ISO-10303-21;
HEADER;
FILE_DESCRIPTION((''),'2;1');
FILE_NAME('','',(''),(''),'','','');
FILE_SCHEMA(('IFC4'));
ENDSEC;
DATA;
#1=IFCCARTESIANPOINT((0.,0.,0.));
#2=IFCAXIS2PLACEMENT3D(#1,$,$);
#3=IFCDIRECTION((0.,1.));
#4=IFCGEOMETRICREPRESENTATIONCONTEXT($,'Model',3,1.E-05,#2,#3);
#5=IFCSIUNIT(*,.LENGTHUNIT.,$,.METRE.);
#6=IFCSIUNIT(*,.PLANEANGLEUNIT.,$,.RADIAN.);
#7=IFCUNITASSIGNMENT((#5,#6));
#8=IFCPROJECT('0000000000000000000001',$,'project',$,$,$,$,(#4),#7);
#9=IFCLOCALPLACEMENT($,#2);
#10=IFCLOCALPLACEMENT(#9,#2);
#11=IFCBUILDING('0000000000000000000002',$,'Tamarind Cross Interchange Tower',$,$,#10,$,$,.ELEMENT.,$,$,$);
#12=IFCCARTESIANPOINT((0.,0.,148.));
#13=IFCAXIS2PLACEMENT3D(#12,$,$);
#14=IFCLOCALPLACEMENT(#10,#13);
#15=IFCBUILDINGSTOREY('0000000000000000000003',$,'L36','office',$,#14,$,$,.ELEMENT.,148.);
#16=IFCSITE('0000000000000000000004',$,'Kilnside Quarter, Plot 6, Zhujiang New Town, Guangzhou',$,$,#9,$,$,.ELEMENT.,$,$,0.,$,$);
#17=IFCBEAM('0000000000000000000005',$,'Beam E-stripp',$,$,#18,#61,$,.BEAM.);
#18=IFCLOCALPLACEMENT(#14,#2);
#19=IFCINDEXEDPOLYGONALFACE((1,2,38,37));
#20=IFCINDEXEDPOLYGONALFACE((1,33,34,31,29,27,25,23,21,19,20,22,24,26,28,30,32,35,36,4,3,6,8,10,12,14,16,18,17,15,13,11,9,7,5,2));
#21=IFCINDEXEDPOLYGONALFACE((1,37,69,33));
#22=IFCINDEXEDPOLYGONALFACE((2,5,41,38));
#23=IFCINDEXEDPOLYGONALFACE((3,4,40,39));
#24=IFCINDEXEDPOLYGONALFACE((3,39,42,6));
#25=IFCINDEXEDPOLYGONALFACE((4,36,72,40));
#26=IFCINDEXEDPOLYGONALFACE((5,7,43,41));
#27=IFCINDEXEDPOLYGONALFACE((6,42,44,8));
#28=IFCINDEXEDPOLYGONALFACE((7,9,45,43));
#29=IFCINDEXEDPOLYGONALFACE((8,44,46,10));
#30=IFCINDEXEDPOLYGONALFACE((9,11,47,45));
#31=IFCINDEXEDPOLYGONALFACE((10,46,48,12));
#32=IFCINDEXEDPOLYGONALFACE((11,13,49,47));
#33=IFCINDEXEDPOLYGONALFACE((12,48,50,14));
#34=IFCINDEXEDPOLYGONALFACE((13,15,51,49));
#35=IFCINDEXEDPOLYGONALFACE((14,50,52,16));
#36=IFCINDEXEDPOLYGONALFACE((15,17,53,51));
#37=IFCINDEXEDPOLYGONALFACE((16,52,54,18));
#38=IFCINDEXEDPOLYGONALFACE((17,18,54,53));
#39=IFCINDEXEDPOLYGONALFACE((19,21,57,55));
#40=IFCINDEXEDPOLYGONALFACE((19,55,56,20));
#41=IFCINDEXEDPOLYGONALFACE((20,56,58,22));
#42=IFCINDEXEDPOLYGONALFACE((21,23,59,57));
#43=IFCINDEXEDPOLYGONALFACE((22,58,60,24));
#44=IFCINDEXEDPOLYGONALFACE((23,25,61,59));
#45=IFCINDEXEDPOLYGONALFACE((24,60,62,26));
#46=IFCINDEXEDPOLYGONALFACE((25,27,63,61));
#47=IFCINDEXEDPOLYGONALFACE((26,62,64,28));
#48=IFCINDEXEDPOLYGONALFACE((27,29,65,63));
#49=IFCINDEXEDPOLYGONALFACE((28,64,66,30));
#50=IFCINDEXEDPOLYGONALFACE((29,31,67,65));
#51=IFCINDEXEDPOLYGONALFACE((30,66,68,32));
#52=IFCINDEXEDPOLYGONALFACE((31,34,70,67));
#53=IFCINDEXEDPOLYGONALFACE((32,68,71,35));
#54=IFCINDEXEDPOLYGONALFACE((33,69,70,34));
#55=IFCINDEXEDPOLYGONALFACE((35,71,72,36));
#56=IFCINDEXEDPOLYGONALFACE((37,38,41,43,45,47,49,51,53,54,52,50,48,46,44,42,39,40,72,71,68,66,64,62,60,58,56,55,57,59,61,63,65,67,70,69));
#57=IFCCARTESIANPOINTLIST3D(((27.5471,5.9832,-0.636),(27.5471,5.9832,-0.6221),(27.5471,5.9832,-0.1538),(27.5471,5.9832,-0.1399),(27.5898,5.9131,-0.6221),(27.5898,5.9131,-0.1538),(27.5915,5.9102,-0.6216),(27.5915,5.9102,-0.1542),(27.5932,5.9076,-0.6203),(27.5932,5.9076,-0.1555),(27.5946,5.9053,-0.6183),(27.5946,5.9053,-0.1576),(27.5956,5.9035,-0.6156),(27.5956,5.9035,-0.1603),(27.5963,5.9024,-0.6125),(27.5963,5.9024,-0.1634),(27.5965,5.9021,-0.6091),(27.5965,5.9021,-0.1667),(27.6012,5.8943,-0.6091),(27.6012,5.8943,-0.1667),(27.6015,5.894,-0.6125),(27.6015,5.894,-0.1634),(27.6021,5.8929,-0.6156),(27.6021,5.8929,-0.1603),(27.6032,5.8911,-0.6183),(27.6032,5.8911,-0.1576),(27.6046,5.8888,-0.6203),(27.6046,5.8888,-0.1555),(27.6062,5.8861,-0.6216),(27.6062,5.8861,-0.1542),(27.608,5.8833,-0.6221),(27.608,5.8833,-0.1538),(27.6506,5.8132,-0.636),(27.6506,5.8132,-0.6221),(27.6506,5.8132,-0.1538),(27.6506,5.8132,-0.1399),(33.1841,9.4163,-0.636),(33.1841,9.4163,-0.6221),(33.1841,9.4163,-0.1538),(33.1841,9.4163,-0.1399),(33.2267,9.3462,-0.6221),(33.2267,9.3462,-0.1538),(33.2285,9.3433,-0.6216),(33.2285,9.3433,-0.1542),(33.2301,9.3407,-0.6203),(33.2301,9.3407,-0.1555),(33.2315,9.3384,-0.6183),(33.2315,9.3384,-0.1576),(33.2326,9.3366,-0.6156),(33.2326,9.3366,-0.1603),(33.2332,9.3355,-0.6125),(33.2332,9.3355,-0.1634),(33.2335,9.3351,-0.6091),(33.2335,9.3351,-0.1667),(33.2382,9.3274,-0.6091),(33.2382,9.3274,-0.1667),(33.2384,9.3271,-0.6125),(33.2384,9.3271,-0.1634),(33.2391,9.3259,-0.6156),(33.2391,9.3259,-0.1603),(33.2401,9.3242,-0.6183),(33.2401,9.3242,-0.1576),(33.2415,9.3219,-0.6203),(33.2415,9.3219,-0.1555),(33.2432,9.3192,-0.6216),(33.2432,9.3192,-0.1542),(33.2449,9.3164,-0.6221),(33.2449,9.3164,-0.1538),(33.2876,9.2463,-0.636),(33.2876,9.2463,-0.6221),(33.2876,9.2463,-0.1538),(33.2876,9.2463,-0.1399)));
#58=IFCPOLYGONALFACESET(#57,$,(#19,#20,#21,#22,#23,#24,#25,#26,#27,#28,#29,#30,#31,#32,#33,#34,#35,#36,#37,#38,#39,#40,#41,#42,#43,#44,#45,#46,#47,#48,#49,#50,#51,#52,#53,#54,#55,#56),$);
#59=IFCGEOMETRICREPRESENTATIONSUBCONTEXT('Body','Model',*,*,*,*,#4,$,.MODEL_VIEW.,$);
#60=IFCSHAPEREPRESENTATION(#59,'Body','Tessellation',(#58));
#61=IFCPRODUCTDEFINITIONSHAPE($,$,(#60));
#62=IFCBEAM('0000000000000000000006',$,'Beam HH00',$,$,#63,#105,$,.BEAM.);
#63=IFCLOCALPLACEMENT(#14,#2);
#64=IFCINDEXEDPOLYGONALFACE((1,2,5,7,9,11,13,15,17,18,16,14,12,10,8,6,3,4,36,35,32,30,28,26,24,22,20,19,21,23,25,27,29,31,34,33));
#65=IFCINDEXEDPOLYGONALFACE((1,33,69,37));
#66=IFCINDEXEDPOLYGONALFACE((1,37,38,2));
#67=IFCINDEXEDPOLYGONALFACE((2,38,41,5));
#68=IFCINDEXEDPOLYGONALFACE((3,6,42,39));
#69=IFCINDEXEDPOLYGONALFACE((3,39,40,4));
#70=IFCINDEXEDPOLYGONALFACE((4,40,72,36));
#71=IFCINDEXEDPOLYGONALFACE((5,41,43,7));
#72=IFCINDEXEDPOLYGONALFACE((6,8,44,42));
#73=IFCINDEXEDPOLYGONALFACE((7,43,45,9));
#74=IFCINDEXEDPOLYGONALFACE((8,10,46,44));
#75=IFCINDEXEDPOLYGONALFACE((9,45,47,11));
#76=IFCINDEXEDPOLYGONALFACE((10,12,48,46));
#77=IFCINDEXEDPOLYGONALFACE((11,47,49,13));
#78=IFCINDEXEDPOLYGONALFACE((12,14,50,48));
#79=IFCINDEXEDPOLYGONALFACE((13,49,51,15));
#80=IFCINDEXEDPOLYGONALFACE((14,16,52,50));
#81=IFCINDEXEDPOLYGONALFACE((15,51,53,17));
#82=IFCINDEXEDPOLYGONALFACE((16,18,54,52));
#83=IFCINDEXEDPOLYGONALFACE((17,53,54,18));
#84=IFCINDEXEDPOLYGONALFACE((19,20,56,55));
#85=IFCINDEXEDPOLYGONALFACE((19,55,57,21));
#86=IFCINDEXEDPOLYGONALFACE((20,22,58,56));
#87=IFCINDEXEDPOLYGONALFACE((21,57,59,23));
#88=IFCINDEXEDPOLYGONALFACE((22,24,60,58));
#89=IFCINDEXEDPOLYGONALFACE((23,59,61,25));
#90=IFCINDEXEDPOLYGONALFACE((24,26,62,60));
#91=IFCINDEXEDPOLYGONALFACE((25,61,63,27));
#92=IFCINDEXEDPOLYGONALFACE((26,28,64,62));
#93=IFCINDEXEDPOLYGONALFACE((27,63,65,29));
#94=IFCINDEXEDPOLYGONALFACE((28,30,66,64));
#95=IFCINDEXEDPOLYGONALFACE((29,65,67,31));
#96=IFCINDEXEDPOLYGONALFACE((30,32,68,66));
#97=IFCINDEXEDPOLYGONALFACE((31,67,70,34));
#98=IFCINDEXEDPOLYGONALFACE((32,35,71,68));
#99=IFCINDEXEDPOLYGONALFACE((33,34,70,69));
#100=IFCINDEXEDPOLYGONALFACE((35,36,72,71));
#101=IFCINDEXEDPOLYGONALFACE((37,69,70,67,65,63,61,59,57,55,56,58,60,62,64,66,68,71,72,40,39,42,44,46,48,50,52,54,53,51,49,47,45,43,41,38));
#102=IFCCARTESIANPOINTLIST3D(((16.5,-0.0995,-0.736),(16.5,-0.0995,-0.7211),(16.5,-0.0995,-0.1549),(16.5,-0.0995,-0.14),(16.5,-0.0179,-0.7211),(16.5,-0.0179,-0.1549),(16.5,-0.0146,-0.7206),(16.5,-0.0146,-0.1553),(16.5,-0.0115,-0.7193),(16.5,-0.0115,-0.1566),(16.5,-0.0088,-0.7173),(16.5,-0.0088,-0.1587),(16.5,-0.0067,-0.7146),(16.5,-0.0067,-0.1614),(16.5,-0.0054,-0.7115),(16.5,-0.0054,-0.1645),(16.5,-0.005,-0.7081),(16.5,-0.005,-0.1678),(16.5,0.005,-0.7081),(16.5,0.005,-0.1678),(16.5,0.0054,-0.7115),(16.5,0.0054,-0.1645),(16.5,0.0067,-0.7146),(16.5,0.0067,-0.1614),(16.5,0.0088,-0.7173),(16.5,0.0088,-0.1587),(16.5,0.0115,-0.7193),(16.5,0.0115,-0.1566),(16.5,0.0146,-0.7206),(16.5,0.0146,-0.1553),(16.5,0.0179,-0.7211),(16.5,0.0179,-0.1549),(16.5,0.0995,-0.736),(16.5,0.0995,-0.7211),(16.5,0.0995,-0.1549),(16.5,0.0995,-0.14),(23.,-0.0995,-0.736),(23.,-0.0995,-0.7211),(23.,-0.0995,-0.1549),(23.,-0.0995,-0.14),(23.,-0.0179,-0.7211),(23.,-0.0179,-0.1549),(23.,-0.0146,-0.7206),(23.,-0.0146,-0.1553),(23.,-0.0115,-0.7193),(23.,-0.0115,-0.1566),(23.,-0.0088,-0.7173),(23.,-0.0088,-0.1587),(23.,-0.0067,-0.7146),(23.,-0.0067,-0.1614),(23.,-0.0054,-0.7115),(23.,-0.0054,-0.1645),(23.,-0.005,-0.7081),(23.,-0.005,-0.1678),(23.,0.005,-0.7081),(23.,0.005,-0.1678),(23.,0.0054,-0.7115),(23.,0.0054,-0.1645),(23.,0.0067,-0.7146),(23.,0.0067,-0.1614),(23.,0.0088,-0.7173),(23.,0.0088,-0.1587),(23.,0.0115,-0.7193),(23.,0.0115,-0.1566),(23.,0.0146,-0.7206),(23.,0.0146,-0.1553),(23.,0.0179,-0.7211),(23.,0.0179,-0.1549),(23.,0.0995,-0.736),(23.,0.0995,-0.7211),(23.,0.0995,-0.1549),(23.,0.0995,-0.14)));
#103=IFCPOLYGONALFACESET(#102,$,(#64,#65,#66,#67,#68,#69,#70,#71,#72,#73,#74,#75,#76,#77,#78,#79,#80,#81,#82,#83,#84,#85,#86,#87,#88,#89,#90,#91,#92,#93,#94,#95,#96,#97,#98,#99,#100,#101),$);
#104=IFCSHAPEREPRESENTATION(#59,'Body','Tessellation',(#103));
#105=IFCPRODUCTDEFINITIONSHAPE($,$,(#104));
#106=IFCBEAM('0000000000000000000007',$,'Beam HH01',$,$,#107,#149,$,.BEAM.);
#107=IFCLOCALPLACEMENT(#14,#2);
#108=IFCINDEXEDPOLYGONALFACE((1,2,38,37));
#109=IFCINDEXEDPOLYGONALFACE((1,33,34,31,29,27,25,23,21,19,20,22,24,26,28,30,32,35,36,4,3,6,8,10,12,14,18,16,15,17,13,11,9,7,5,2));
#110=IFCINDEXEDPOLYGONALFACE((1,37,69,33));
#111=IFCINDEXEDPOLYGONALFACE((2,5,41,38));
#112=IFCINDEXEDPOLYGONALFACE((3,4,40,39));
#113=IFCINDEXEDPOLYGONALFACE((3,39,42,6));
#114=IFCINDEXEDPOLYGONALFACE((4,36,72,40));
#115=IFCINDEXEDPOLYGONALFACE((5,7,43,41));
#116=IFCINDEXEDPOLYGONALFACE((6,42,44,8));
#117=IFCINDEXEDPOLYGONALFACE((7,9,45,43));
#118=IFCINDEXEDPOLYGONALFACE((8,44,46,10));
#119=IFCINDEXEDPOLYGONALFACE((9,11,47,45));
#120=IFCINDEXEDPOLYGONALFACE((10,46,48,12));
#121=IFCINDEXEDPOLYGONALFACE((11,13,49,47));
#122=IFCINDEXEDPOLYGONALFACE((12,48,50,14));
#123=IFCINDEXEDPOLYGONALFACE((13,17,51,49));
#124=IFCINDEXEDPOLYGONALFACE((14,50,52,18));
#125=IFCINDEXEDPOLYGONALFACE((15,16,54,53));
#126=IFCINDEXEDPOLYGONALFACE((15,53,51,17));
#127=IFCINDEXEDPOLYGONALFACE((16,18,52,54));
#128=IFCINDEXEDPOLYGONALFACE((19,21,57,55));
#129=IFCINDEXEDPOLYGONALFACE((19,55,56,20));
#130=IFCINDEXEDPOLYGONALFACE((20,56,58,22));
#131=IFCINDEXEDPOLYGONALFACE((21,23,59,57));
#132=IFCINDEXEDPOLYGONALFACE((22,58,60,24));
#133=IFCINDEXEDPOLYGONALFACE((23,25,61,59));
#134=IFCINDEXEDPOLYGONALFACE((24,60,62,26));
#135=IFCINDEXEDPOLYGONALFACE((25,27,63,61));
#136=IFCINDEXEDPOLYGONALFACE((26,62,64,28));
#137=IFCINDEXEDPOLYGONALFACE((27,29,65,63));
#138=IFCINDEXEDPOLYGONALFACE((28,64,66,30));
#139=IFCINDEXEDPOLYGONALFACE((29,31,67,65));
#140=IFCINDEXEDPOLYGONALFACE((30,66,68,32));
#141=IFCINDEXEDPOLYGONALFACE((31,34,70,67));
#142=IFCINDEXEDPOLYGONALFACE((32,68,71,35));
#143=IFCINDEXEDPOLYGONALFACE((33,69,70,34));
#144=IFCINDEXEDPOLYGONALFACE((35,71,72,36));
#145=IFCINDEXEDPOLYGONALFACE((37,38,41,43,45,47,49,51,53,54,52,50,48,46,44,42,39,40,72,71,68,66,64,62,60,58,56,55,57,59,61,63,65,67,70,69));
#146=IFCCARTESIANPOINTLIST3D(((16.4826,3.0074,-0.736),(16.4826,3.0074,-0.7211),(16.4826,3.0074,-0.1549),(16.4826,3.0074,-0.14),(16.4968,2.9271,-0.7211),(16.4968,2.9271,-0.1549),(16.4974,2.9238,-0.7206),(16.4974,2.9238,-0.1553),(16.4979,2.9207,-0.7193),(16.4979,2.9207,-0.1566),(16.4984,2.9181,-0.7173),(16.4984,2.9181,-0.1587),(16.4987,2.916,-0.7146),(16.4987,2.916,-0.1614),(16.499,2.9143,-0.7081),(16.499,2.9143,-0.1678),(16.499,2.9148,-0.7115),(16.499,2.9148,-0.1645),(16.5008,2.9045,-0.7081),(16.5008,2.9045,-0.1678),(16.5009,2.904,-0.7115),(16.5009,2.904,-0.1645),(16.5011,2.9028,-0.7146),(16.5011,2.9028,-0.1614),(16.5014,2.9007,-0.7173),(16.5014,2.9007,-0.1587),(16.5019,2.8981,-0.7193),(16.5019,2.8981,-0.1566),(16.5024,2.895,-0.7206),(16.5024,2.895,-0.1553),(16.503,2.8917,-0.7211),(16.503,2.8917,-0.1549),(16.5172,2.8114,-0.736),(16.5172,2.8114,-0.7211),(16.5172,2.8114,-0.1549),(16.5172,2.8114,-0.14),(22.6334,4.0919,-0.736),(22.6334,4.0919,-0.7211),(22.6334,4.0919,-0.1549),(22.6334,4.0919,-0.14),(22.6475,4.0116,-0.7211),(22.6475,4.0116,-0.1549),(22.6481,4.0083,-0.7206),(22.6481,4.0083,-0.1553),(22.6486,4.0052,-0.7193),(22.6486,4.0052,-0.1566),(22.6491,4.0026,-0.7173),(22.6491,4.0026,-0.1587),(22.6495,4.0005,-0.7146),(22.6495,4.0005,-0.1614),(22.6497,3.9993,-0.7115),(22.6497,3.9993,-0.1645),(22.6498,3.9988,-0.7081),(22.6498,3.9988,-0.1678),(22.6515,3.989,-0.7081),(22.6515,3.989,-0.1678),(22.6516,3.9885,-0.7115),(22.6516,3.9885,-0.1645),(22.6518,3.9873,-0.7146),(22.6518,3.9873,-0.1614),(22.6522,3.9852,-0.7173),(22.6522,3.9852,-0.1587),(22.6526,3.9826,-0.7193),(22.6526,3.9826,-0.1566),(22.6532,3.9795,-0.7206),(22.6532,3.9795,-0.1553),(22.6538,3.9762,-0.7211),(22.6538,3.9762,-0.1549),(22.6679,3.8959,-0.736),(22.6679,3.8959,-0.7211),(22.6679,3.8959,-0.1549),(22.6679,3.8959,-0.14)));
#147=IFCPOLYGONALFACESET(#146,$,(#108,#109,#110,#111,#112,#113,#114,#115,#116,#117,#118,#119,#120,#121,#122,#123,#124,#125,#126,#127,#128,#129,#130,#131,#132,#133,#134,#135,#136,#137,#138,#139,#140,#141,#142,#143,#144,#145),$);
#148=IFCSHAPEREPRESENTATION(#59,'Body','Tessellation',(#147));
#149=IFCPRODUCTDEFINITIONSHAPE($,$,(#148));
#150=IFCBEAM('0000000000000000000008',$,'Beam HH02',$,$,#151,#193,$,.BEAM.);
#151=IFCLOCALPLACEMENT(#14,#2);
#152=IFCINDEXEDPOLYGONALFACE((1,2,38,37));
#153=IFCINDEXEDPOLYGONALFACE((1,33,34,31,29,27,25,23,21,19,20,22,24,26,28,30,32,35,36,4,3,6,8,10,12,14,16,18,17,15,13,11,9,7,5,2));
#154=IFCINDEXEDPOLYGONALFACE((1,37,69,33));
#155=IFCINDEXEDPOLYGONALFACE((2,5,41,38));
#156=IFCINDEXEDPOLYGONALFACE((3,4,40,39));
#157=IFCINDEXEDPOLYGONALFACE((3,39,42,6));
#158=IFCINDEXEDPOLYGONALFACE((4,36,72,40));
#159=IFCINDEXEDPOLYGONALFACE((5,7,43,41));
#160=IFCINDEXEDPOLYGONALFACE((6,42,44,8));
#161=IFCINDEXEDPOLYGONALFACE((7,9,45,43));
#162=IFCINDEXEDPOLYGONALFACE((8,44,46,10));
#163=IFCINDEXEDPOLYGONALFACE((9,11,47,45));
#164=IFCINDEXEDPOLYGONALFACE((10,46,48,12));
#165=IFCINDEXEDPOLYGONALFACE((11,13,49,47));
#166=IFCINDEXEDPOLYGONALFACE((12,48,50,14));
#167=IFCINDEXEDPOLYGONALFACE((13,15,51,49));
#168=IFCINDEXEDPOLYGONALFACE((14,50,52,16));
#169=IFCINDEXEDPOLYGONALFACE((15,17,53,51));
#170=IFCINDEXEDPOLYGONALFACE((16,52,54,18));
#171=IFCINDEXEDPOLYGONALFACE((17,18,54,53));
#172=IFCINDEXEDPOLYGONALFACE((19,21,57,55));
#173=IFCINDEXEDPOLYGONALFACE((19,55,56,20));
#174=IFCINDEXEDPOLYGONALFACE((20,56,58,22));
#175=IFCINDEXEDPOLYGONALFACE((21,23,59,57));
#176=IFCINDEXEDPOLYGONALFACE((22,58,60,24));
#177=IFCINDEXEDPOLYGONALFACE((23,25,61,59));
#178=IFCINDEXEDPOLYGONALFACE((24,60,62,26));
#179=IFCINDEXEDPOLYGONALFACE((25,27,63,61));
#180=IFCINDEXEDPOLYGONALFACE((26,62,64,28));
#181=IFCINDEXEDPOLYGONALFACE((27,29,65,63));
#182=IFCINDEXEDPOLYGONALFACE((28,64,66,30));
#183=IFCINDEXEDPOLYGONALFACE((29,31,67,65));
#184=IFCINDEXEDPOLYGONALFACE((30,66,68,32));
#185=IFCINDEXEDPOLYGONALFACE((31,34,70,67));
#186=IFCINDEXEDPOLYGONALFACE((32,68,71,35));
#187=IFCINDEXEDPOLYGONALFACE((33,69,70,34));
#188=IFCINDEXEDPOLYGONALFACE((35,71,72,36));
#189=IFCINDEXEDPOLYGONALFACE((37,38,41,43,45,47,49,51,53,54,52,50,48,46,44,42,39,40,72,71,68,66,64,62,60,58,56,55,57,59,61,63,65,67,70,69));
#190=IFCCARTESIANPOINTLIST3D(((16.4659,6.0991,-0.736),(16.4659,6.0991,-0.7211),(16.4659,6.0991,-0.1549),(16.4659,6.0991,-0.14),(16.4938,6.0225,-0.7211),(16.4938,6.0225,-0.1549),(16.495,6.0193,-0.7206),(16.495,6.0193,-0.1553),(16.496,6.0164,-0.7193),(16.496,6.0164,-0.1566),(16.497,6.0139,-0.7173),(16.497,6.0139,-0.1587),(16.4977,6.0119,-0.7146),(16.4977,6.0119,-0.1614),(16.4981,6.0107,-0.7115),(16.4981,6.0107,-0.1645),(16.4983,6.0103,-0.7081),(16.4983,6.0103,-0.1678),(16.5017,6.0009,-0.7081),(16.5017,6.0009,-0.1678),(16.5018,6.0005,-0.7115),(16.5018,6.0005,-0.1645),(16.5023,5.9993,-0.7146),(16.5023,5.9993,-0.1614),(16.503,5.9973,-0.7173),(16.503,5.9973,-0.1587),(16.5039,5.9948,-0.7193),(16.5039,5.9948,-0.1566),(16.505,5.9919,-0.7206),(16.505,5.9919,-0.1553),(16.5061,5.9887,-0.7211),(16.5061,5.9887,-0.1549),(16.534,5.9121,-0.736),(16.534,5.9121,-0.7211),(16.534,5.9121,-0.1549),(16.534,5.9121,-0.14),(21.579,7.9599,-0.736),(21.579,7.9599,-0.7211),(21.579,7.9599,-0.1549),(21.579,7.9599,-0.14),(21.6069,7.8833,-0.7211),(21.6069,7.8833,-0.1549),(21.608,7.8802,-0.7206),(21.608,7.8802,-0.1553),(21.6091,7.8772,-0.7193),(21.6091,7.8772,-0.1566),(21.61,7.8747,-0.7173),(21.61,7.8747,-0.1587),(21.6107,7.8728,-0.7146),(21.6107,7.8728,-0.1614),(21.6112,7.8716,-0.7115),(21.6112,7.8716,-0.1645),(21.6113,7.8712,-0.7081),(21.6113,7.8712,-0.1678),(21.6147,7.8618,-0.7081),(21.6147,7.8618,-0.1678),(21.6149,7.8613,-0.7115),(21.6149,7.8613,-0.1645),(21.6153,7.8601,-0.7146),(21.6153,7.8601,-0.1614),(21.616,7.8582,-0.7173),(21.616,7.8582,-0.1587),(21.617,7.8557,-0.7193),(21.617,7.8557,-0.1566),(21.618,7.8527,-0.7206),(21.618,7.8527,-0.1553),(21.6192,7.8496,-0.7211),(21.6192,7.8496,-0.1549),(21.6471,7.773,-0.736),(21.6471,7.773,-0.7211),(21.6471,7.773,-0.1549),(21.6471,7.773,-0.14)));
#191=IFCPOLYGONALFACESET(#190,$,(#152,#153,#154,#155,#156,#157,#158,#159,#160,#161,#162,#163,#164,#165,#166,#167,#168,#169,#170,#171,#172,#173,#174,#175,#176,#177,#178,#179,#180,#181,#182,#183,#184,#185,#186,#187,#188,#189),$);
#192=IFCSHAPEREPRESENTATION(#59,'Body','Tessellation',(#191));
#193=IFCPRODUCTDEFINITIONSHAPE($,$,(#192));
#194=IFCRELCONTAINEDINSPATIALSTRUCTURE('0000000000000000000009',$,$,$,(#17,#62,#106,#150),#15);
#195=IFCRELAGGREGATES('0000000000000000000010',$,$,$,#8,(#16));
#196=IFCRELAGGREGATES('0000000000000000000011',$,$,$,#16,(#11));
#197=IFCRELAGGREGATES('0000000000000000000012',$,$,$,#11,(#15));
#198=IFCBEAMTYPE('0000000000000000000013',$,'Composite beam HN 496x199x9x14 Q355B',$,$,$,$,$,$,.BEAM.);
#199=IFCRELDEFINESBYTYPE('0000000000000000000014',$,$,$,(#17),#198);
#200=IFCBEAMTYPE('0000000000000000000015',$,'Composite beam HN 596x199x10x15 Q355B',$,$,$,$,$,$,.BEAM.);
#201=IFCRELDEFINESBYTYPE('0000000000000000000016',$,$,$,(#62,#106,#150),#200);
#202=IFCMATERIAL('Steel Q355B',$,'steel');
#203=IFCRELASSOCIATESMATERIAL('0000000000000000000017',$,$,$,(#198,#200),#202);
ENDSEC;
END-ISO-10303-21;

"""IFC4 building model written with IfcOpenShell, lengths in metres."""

from ifc_helpers import new_model, si_unit, direction, frame, origin, origin_2d, place, context, subcontext, project, spatial, i_section, extrude, material, material_profile, profile_set, type_object, element, save


model = new_model("IFC4")

# Units and contexts
model_context = context("Model", 3, precision=1e-05, world=origin(), true_north=direction((0.0, 1.0)))
body_context = subcontext(model_context, "Body", "Model", "MODEL_VIEW")
ifc_project = project(units=[si_unit("LENGTHUNIT", "METRE"), si_unit("PLANEANGLEUNIT", "RADIAN")], contexts=[model_context])

# Site, building, storey
site_placement = place(None, origin())
site = spatial("IfcSite", under=ifc_project, at=site_placement, Name="Kilnside Quarter, Plot 6, Zhujiang New Town, Guangzhou", CompositionType="ELEMENT", RefElevation=0.0)
building_placement = place(site_placement, origin())
building = spatial("IfcBuilding", under=site, at=building_placement, Name="Tamarind Cross Interchange Tower", CompositionType="ELEMENT")
storey_placement = place(building_placement, frame((0.0, 0.0, 148.0)))
storey = spatial("IfcBuildingStorey", under=building, at=storey_placement, Name="L36", Description="office", CompositionType="ELEMENT", Elevation=148.0)

# Beams
ifc_material_1 = material(Name="Steel Q355B", Category="steel")
ifc_material_profile_1 = material_profile(ifc_material_1, i_section(OverallWidth=0.199, OverallDepth=0.4961, WebThickness=0.009, FlangeThickness=0.0139, FilletRadius=0.0129, at=origin_2d()), Name="HN 496x199x9x14")
ifc_profile_set_1 = profile_set([ifc_material_profile_1], Name="Steel Q355B")
beam_type_1 = type_object("IfcBeamType", Name="Composite beam HN 496x199x9x14 Q355B", PredefinedType="BEAM", material=ifc_profile_set_1)
for number, where, z_axis, x_axis, name in (
    (1, (27.5989, 5.8982, -0.3879), (0.85407, 0.520158, 0.0), (-0.520158, 0.85407, 0.0), "Beam E-stripp"),
):
    element("IfcBeam", number, at=place(storey_placement, frame(where, z_axis=z_axis, x_axis=x_axis)), inside=storey, type_object=beam_type_1, Name=name, PredefinedType="BEAM", context=body_context, shape_type="SweptSolid", body=[
        extrude(i_section(OverallWidth=0.199, OverallDepth=0.4961, WebThickness=0.009, FlangeThickness=0.0139, FilletRadius=0.0129, at=origin_2d()), origin(), (0.0, 0.0, 1.0), 6.6001),
    ])
ifc_material_profile_2 = material_profile(ifc_material_1, i_section(OverallWidth=0.199, OverallDepth=0.5959, WebThickness=0.01, FlangeThickness=0.0149, FilletRadius=0.0129, at=origin_2d()), Name="HN 596x199x10x15")
ifc_profile_set_2 = profile_set([ifc_material_profile_2], Name="Steel Q355B")
beam_type_2 = type_object("IfcBeamType", Name="Composite beam HN 596x199x10x15 Q355B", PredefinedType="BEAM", material=ifc_profile_set_2)
beam_1_placement = place(storey_placement, frame((23.0, 0.0, -0.438), z_axis=(-1.0, 0.0, 0.0), x_axis=(0.0, -1.0, 0.0)))
element("IfcBeam", 2, at=beam_1_placement, inside=storey, type_object=beam_type_2, Name="Beam HH00", PredefinedType="BEAM", context=body_context, shape_type="SweptSolid", body=[
    extrude(i_section(OverallWidth=0.199, OverallDepth=0.5959, WebThickness=0.01, FlangeThickness=0.0149, FilletRadius=0.0129, at=origin_2d()), origin(), (0.0, 0.0, 1.0), 6.5),
])
beam_2_placement = place(storey_placement, frame((22.6506, 3.9939, -0.438), z_axis=(-0.984809, -0.17364, 0.0), x_axis=(0.17364, -0.984809, 0.0)))
element("IfcBeam", 3, at=beam_2_placement, inside=storey, type_object=beam_type_2, Name="Beam HH01", PredefinedType="BEAM", context=body_context, shape_type="SweptSolid", body=[
    extrude(i_section(OverallWidth=0.199, OverallDepth=0.5959, WebThickness=0.01, FlangeThickness=0.0149, FilletRadius=0.0129, at=origin_2d()), origin(), (0.0, 0.0, 1.0), 6.2456),
])
beam_3_placement = place(storey_placement, frame((21.613, 7.8665, -0.438), z_axis=(-0.939702, -0.341995, 0.0), x_axis=(0.341995, -0.939702, 0.0)))
element("IfcBeam", 4, at=beam_3_placement, inside=storey, type_object=beam_type_2, Name="Beam HH02", PredefinedType="BEAM", context=body_context, shape_type="SweptSolid", body=[
    extrude(i_section(OverallWidth=0.199, OverallDepth=0.5959, WebThickness=0.01, FlangeThickness=0.0149, FilletRadius=0.0129, at=origin_2d()), origin(), (0.0, 0.0, 1.0), 5.4412),
])

save(model, "model.ifc")
